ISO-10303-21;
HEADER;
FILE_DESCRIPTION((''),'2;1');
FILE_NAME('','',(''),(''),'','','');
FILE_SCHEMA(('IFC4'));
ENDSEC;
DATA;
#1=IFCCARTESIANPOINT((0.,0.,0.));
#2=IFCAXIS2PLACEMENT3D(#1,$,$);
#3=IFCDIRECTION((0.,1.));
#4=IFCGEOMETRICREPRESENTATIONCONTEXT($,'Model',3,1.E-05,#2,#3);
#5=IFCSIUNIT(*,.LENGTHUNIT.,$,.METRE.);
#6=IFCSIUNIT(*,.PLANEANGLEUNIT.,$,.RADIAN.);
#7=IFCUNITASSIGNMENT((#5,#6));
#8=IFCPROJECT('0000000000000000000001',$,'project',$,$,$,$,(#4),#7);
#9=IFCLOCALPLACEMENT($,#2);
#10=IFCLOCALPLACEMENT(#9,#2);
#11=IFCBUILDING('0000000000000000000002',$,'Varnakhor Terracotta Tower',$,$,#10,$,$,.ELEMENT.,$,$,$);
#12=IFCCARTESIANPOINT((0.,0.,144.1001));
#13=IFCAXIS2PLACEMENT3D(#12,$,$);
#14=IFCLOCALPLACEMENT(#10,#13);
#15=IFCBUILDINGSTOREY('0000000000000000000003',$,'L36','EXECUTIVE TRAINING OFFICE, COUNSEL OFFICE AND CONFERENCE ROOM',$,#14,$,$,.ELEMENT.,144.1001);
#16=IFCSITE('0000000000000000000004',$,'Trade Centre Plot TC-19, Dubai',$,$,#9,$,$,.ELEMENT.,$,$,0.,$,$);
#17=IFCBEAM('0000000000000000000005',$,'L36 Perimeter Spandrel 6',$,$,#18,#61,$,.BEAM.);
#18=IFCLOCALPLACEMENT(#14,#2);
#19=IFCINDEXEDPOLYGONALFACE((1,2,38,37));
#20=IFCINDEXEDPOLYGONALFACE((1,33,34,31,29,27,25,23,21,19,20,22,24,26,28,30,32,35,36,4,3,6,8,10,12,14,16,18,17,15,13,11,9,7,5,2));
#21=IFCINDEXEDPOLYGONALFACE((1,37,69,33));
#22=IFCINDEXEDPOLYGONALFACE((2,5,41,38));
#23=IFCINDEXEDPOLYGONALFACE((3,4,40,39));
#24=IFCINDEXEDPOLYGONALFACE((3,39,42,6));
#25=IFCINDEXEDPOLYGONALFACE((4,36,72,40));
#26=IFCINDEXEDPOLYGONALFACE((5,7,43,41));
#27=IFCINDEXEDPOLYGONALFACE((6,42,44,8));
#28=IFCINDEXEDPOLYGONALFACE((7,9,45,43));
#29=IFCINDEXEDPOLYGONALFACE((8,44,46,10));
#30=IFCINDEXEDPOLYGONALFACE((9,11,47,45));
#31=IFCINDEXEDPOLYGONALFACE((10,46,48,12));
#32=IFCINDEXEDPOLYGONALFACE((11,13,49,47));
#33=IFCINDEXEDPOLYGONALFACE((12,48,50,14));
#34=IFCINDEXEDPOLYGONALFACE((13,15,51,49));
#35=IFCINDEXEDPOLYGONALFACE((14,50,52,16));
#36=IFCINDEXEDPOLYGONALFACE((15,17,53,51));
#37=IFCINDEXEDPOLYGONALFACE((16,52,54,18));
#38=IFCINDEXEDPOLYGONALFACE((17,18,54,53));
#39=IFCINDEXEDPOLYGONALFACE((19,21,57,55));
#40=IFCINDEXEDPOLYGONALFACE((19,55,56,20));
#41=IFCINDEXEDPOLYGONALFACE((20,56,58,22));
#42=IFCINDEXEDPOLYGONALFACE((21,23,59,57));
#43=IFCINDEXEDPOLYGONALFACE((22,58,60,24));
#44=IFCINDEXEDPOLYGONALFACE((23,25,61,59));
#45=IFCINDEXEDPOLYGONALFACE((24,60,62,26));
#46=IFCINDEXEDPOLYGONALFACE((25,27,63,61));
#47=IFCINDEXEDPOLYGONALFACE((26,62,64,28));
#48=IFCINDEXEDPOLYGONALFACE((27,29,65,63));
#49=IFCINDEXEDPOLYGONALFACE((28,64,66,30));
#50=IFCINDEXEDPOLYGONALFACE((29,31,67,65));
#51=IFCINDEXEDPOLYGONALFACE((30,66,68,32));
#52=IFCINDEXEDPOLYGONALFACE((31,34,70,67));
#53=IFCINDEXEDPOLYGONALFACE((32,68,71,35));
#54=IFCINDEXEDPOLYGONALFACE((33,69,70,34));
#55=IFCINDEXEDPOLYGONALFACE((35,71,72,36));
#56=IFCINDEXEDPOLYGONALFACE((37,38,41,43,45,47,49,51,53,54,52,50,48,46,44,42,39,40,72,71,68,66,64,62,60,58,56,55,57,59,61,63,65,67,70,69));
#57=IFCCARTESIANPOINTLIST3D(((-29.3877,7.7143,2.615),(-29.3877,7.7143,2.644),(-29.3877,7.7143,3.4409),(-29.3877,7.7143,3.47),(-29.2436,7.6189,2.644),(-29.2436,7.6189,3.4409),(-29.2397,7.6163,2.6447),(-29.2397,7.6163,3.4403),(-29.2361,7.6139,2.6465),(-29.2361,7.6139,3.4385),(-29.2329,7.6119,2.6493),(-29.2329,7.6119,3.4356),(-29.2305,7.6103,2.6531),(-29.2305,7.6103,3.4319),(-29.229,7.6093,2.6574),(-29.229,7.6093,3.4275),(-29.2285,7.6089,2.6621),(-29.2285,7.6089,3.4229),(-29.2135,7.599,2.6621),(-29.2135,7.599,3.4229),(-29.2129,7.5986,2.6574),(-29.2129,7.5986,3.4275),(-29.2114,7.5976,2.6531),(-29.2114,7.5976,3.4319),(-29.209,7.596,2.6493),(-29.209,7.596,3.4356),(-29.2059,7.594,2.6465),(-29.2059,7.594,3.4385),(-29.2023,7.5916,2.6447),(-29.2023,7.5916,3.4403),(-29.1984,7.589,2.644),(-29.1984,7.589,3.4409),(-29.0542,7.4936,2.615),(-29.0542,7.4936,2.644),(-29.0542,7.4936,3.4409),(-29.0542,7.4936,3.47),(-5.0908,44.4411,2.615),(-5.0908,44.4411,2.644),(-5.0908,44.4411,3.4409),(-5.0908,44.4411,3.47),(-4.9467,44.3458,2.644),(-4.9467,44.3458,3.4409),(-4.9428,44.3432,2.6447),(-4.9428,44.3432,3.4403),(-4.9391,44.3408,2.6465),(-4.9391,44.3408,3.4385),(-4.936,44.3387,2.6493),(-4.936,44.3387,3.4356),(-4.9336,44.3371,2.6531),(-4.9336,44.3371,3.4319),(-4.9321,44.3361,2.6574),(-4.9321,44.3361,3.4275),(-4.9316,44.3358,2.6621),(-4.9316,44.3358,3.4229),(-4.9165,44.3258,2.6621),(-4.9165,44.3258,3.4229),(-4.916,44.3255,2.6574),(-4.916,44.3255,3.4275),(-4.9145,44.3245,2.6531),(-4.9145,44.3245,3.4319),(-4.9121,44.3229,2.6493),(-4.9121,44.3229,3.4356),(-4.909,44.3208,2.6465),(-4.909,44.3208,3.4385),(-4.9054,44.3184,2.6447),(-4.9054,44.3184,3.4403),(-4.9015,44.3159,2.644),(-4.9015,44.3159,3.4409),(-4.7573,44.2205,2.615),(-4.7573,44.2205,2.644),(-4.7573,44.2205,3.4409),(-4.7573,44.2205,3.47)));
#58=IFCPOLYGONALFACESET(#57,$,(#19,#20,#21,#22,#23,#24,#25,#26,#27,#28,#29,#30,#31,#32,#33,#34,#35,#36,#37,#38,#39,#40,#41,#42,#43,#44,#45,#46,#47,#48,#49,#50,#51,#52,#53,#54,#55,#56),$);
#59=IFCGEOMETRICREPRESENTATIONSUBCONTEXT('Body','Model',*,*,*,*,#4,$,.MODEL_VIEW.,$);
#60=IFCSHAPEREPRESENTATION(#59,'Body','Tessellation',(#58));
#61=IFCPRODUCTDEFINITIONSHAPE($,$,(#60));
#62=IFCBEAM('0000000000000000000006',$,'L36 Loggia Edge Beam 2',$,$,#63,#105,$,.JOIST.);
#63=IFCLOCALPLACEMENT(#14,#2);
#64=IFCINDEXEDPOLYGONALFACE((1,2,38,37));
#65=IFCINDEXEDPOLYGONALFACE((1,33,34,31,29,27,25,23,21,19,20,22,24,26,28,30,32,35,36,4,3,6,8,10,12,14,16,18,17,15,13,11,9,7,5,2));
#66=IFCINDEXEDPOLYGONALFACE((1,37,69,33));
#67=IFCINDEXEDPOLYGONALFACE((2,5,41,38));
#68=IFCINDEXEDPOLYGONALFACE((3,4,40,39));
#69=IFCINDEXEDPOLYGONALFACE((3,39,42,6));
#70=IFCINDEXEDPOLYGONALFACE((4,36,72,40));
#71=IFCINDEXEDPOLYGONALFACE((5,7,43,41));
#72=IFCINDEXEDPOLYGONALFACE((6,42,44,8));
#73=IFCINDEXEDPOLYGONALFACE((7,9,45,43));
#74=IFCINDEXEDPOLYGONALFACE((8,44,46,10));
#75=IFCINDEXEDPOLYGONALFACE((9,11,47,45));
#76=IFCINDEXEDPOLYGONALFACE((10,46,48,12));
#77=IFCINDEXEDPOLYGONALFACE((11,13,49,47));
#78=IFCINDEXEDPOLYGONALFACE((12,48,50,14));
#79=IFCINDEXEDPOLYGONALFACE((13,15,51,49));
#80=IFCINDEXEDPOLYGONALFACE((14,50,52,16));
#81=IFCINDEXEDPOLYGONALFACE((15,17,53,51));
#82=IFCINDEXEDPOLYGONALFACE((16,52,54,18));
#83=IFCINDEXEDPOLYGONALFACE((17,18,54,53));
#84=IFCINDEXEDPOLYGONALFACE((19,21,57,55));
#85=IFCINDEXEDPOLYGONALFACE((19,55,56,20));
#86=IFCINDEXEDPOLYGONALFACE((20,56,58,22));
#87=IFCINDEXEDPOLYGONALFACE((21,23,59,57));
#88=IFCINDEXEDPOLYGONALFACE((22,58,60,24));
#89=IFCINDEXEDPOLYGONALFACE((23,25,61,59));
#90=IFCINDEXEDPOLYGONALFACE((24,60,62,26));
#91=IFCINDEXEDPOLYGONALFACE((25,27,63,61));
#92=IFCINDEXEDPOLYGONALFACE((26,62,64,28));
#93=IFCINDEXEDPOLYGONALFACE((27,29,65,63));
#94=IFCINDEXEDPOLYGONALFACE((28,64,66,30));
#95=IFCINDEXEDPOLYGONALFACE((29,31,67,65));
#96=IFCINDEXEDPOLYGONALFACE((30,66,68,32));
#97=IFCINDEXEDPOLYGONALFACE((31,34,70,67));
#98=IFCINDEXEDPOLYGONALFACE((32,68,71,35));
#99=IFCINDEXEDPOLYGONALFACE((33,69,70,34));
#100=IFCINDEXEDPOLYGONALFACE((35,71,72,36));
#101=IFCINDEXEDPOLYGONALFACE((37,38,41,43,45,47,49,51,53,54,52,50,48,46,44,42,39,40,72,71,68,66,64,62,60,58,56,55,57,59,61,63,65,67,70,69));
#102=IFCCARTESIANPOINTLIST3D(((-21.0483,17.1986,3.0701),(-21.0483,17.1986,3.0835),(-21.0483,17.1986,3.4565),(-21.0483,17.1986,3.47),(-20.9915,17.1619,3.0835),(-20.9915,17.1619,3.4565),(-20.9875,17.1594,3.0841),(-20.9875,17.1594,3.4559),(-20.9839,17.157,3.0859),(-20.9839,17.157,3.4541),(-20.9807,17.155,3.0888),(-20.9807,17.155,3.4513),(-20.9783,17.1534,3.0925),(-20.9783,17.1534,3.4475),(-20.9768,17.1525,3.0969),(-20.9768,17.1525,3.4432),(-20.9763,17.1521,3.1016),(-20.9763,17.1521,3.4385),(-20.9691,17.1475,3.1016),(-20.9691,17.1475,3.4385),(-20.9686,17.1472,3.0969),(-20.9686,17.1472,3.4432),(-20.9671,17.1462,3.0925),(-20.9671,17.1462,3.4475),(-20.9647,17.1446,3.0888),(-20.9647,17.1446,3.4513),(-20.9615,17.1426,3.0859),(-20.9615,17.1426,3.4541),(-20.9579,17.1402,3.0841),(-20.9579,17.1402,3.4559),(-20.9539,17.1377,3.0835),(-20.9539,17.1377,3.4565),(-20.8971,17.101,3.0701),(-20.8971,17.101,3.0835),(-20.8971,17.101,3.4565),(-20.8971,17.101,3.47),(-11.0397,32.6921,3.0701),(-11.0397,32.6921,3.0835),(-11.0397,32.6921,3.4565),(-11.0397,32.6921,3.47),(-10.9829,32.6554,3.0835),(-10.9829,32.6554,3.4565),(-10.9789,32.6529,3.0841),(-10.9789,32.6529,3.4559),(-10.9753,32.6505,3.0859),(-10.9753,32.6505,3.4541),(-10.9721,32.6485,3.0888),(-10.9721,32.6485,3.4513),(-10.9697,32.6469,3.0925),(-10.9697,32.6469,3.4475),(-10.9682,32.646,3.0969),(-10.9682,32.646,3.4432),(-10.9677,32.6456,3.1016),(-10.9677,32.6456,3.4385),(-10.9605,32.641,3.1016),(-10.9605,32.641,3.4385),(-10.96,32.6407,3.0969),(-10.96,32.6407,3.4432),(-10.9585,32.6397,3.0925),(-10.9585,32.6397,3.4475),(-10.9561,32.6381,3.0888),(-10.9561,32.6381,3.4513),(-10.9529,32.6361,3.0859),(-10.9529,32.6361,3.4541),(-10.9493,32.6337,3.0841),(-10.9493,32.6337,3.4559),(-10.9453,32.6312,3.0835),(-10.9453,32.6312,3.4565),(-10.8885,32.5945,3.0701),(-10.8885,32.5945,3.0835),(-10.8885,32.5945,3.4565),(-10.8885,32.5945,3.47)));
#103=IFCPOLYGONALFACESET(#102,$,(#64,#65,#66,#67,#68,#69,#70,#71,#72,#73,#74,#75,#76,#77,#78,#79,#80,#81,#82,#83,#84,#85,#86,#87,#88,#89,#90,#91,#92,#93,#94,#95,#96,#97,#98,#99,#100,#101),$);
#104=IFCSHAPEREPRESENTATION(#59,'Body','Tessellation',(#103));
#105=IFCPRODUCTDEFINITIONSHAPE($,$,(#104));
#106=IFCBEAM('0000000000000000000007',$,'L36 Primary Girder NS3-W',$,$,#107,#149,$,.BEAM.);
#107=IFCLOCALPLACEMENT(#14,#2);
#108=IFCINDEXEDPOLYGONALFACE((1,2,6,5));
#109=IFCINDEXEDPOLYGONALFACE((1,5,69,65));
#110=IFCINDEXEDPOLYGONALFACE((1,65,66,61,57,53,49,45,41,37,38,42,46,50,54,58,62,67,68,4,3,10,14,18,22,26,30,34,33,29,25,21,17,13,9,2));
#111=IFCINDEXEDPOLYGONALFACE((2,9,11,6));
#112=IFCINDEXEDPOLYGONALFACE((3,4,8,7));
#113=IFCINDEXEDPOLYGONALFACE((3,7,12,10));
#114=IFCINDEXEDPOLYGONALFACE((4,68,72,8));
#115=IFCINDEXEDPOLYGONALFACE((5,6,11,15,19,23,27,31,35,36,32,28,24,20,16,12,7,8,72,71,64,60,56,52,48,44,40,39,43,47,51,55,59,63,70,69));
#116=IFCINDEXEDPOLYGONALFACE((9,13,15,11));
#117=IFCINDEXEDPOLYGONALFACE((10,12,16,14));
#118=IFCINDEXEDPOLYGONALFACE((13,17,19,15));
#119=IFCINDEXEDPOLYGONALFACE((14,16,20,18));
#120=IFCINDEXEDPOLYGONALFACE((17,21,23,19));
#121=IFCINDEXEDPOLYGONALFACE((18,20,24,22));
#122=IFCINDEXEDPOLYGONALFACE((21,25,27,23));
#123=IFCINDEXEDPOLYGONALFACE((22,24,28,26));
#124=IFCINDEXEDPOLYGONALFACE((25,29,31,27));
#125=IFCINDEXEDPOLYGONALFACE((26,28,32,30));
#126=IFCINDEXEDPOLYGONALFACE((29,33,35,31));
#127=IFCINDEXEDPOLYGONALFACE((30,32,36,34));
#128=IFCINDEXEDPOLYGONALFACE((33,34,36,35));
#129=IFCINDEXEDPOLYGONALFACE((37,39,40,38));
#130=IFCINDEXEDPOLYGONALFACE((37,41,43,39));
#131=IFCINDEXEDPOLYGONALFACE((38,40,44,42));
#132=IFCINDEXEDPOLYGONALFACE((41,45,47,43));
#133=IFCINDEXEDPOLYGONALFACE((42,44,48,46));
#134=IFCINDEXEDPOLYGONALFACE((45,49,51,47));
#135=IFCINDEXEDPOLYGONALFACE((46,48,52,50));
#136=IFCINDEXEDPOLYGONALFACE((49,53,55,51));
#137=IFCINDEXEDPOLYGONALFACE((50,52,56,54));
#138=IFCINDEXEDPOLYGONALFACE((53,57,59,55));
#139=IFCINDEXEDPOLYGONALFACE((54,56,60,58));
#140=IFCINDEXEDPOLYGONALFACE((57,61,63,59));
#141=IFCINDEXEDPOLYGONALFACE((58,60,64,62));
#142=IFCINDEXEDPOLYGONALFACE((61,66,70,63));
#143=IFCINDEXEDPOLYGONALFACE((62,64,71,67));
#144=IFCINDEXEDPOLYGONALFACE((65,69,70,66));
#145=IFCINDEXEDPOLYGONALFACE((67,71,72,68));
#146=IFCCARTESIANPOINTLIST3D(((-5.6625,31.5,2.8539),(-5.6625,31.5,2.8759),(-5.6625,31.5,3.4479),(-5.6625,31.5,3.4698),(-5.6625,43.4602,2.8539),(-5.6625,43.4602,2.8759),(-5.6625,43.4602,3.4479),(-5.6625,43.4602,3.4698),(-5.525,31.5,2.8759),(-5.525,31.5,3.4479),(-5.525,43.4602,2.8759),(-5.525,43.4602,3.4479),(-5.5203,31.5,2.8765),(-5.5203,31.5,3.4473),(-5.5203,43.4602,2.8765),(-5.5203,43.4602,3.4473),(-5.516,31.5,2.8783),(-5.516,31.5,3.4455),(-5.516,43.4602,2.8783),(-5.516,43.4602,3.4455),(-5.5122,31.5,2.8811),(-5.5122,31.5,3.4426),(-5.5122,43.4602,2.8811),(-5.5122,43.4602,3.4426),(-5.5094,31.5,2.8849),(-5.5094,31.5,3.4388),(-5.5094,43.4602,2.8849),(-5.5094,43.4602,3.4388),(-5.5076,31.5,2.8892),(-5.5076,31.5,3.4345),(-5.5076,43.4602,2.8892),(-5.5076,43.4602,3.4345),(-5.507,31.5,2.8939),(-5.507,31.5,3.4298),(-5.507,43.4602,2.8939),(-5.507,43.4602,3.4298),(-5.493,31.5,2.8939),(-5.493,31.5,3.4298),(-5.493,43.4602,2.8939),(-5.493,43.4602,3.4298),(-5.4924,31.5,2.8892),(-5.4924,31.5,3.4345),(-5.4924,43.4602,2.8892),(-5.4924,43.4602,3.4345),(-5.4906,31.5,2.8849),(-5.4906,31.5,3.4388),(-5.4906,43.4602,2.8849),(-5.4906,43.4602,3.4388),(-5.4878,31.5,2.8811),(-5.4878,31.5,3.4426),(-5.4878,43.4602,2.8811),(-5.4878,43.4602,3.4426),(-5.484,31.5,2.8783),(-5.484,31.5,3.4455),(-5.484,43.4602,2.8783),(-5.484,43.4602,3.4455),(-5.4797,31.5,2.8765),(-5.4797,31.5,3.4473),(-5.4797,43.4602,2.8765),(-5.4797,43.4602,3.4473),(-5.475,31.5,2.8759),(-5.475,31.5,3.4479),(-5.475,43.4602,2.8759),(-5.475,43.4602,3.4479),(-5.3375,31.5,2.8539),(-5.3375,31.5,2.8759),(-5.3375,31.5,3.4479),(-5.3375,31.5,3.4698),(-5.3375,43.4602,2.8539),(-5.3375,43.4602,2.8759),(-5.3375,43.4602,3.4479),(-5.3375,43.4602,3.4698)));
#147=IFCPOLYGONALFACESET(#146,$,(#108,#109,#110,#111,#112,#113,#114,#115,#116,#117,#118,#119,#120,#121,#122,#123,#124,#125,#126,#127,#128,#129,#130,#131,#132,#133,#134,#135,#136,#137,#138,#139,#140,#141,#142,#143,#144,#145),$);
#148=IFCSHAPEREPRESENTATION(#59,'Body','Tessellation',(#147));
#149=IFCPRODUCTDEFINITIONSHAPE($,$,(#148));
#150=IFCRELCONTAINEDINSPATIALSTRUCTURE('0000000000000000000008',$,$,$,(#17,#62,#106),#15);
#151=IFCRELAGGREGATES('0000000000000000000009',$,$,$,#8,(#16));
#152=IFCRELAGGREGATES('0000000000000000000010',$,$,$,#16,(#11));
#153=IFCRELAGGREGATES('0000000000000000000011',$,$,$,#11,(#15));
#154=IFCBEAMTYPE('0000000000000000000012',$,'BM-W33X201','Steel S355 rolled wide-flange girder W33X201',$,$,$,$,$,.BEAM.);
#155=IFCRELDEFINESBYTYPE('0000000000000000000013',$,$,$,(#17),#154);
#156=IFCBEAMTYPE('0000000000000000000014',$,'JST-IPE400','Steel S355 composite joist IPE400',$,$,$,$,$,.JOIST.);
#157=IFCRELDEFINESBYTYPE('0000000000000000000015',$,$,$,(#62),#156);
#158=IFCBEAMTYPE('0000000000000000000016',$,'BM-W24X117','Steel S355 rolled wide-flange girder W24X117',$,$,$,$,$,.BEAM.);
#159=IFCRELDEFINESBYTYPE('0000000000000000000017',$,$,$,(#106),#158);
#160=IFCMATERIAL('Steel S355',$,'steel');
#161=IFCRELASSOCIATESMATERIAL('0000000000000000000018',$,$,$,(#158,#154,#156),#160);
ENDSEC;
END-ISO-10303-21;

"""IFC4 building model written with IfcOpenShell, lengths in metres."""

from ifc_helpers import new_model, si_unit, direction, frame, origin, origin_2d, place, context, subcontext, project, spatial, i_section, extrude, source, transform, mapped, material, material_profile, profile_set, type_object, element, save


model = new_model("IFC4")

# Units and contexts
model_context = context("Model", 3, precision=1e-05, world=origin(), true_north=direction((0.0, 1.0)))
body_context = subcontext(model_context, "Body", "Model", "MODEL_VIEW")
ifc_project = project(units=[si_unit("LENGTHUNIT", "METRE"), si_unit("PLANEANGLEUNIT", "RADIAN")], contexts=[model_context])

# Site, building, storey
site_placement = place(None, origin())
site = spatial("IfcSite", under=ifc_project, at=site_placement, Name="Trade Centre Plot TC-19, Dubai", CompositionType="ELEMENT", RefElevation=0.0)
building_placement = place(site_placement, origin())
building = spatial("IfcBuilding", under=site, at=building_placement, Name="Varnakhor Terracotta Tower", CompositionType="ELEMENT")
storey_placement = place(building_placement, frame((0.0, 0.0, 144.1001)))
storey = spatial("IfcBuildingStorey", under=building, at=storey_placement, Name="L36", Description="EXECUTIVE TRAINING OFFICE, COUNSEL OFFICE AND CONFERENCE ROOM", CompositionType="ELEMENT", Elevation=144.1001)

# Beams
ifc_material_1 = material(Name="Steel S355", Category="steel")
ifc_material_profile_1 = material_profile(ifc_material_1, i_section(OverallWidth=0.325, OverallDepth=0.616, WebThickness=0.0139, FlangeThickness=0.022, FilletRadius=0.0181, at=origin_2d()), Name="W24X117")
ifc_profile_set_1 = profile_set([ifc_material_profile_1], Name="Steel S355")
beam_type_1 = type_object("IfcBeamType", Name="BM-W24X117", Description="Steel S355 rolled wide-flange girder W24X117", PredefinedType="BEAM", material=ifc_profile_set_1)
ifc_material_profile_2 = material_profile(ifc_material_1, i_section(OverallWidth=0.3999, OverallDepth=0.855, WebThickness=0.0181, FlangeThickness=0.0291, FilletRadius=0.0181, at=origin_2d()), Name="W33X201")
ifc_profile_set_2 = profile_set([ifc_material_profile_2], Name="Steel S355")
beam_type_2 = type_object("IfcBeamType", Name="BM-W33X201", Description="Steel S355 rolled wide-flange girder W33X201", PredefinedType="BEAM", material=ifc_profile_set_2)
shared_shape_1 = source(origin(), body_context, "Body", "SweptSolid", [
    extrude(i_section(OverallWidth=0.3999, OverallDepth=0.855, WebThickness=0.0181, FlangeThickness=0.0291, FilletRadius=0.0181, at=origin_2d()), origin(), (0.0, 0.0, 1.0), 44.0364),
])
beam_1_placement = place(storey_placement, frame((-4.9241, 44.3308, 3.0425), z_axis=(-0.551746, -0.834012, 0.0), x_axis=(0.834012, -0.551746, 0.0)))
element("IfcBeam", 1, at=beam_1_placement, inside=storey, type_object=beam_type_2, Name="L36 Perimeter Spandrel 6", PredefinedType="BEAM", context=body_context, shape_type="MappedRepresentation", body=[
    mapped(shared_shape_1, transform((0.0, 0.0, 0.0), scale=1.0)),
])
ifc_material_profile_3 = material_profile(ifc_material_1, i_section(OverallWidth=0.1799, OverallDepth=0.3999, WebThickness=0.0085, FlangeThickness=0.0134, FilletRadius=0.0181, at=origin_2d()), Name="IPE400")
ifc_profile_set_3 = profile_set([ifc_material_profile_3], Name="Steel S355")
beam_type_3 = type_object("IfcBeamType", Name="JST-IPE400", Description="Steel S355 composite joist IPE400", PredefinedType="JOIST", material=ifc_profile_set_3)
shared_shape_2 = source(origin(), body_context, "Body", "SweptSolid", [
    extrude(i_section(OverallWidth=0.1799, OverallDepth=0.3999, WebThickness=0.0085, FlangeThickness=0.0134, FilletRadius=0.0181, at=origin_2d()), origin(), (0.0, 0.0, 1.0), 18.4451),
])
beam_2_placement = place(storey_placement, frame((-10.9641, 32.6433, 3.27), z_axis=(-0.542617, -0.83998, 0.0), x_axis=(0.83998, -0.542617, 0.0)))
element("IfcBeam", 2, at=beam_2_placement, inside=storey, type_object=beam_type_3, Name="L36 Loggia Edge Beam 2", PredefinedType="JOIST", context=body_context, shape_type="MappedRepresentation", body=[
    mapped(shared_shape_2, transform((0.0, 0.0, 0.0), scale=1.0)),
])
shared_shape_3 = source(origin(), body_context, "Body", "SweptSolid", [
    extrude(i_section(OverallWidth=0.325, OverallDepth=0.616, WebThickness=0.0139, FlangeThickness=0.022, FilletRadius=0.0181, at=origin_2d()), origin(), (0.0, 0.0, 1.0), 11.9602),
])
beam_3_placement = place(storey_placement, frame((-5.5, 31.5, 3.1619), z_axis=(0.0, 1.0, 0.0), x_axis=(-1.0, 0.0, 0.0)))
element("IfcBeam", 3, at=beam_3_placement, inside=storey, type_object=beam_type_1, Name="L36 Primary Girder NS3-W", PredefinedType="BEAM", context=body_context, shape_type="MappedRepresentation", body=[
    mapped(shared_shape_3, transform((0.0, 0.0, 0.0), scale=1.0)),
])

save(model, "model.ifc")
